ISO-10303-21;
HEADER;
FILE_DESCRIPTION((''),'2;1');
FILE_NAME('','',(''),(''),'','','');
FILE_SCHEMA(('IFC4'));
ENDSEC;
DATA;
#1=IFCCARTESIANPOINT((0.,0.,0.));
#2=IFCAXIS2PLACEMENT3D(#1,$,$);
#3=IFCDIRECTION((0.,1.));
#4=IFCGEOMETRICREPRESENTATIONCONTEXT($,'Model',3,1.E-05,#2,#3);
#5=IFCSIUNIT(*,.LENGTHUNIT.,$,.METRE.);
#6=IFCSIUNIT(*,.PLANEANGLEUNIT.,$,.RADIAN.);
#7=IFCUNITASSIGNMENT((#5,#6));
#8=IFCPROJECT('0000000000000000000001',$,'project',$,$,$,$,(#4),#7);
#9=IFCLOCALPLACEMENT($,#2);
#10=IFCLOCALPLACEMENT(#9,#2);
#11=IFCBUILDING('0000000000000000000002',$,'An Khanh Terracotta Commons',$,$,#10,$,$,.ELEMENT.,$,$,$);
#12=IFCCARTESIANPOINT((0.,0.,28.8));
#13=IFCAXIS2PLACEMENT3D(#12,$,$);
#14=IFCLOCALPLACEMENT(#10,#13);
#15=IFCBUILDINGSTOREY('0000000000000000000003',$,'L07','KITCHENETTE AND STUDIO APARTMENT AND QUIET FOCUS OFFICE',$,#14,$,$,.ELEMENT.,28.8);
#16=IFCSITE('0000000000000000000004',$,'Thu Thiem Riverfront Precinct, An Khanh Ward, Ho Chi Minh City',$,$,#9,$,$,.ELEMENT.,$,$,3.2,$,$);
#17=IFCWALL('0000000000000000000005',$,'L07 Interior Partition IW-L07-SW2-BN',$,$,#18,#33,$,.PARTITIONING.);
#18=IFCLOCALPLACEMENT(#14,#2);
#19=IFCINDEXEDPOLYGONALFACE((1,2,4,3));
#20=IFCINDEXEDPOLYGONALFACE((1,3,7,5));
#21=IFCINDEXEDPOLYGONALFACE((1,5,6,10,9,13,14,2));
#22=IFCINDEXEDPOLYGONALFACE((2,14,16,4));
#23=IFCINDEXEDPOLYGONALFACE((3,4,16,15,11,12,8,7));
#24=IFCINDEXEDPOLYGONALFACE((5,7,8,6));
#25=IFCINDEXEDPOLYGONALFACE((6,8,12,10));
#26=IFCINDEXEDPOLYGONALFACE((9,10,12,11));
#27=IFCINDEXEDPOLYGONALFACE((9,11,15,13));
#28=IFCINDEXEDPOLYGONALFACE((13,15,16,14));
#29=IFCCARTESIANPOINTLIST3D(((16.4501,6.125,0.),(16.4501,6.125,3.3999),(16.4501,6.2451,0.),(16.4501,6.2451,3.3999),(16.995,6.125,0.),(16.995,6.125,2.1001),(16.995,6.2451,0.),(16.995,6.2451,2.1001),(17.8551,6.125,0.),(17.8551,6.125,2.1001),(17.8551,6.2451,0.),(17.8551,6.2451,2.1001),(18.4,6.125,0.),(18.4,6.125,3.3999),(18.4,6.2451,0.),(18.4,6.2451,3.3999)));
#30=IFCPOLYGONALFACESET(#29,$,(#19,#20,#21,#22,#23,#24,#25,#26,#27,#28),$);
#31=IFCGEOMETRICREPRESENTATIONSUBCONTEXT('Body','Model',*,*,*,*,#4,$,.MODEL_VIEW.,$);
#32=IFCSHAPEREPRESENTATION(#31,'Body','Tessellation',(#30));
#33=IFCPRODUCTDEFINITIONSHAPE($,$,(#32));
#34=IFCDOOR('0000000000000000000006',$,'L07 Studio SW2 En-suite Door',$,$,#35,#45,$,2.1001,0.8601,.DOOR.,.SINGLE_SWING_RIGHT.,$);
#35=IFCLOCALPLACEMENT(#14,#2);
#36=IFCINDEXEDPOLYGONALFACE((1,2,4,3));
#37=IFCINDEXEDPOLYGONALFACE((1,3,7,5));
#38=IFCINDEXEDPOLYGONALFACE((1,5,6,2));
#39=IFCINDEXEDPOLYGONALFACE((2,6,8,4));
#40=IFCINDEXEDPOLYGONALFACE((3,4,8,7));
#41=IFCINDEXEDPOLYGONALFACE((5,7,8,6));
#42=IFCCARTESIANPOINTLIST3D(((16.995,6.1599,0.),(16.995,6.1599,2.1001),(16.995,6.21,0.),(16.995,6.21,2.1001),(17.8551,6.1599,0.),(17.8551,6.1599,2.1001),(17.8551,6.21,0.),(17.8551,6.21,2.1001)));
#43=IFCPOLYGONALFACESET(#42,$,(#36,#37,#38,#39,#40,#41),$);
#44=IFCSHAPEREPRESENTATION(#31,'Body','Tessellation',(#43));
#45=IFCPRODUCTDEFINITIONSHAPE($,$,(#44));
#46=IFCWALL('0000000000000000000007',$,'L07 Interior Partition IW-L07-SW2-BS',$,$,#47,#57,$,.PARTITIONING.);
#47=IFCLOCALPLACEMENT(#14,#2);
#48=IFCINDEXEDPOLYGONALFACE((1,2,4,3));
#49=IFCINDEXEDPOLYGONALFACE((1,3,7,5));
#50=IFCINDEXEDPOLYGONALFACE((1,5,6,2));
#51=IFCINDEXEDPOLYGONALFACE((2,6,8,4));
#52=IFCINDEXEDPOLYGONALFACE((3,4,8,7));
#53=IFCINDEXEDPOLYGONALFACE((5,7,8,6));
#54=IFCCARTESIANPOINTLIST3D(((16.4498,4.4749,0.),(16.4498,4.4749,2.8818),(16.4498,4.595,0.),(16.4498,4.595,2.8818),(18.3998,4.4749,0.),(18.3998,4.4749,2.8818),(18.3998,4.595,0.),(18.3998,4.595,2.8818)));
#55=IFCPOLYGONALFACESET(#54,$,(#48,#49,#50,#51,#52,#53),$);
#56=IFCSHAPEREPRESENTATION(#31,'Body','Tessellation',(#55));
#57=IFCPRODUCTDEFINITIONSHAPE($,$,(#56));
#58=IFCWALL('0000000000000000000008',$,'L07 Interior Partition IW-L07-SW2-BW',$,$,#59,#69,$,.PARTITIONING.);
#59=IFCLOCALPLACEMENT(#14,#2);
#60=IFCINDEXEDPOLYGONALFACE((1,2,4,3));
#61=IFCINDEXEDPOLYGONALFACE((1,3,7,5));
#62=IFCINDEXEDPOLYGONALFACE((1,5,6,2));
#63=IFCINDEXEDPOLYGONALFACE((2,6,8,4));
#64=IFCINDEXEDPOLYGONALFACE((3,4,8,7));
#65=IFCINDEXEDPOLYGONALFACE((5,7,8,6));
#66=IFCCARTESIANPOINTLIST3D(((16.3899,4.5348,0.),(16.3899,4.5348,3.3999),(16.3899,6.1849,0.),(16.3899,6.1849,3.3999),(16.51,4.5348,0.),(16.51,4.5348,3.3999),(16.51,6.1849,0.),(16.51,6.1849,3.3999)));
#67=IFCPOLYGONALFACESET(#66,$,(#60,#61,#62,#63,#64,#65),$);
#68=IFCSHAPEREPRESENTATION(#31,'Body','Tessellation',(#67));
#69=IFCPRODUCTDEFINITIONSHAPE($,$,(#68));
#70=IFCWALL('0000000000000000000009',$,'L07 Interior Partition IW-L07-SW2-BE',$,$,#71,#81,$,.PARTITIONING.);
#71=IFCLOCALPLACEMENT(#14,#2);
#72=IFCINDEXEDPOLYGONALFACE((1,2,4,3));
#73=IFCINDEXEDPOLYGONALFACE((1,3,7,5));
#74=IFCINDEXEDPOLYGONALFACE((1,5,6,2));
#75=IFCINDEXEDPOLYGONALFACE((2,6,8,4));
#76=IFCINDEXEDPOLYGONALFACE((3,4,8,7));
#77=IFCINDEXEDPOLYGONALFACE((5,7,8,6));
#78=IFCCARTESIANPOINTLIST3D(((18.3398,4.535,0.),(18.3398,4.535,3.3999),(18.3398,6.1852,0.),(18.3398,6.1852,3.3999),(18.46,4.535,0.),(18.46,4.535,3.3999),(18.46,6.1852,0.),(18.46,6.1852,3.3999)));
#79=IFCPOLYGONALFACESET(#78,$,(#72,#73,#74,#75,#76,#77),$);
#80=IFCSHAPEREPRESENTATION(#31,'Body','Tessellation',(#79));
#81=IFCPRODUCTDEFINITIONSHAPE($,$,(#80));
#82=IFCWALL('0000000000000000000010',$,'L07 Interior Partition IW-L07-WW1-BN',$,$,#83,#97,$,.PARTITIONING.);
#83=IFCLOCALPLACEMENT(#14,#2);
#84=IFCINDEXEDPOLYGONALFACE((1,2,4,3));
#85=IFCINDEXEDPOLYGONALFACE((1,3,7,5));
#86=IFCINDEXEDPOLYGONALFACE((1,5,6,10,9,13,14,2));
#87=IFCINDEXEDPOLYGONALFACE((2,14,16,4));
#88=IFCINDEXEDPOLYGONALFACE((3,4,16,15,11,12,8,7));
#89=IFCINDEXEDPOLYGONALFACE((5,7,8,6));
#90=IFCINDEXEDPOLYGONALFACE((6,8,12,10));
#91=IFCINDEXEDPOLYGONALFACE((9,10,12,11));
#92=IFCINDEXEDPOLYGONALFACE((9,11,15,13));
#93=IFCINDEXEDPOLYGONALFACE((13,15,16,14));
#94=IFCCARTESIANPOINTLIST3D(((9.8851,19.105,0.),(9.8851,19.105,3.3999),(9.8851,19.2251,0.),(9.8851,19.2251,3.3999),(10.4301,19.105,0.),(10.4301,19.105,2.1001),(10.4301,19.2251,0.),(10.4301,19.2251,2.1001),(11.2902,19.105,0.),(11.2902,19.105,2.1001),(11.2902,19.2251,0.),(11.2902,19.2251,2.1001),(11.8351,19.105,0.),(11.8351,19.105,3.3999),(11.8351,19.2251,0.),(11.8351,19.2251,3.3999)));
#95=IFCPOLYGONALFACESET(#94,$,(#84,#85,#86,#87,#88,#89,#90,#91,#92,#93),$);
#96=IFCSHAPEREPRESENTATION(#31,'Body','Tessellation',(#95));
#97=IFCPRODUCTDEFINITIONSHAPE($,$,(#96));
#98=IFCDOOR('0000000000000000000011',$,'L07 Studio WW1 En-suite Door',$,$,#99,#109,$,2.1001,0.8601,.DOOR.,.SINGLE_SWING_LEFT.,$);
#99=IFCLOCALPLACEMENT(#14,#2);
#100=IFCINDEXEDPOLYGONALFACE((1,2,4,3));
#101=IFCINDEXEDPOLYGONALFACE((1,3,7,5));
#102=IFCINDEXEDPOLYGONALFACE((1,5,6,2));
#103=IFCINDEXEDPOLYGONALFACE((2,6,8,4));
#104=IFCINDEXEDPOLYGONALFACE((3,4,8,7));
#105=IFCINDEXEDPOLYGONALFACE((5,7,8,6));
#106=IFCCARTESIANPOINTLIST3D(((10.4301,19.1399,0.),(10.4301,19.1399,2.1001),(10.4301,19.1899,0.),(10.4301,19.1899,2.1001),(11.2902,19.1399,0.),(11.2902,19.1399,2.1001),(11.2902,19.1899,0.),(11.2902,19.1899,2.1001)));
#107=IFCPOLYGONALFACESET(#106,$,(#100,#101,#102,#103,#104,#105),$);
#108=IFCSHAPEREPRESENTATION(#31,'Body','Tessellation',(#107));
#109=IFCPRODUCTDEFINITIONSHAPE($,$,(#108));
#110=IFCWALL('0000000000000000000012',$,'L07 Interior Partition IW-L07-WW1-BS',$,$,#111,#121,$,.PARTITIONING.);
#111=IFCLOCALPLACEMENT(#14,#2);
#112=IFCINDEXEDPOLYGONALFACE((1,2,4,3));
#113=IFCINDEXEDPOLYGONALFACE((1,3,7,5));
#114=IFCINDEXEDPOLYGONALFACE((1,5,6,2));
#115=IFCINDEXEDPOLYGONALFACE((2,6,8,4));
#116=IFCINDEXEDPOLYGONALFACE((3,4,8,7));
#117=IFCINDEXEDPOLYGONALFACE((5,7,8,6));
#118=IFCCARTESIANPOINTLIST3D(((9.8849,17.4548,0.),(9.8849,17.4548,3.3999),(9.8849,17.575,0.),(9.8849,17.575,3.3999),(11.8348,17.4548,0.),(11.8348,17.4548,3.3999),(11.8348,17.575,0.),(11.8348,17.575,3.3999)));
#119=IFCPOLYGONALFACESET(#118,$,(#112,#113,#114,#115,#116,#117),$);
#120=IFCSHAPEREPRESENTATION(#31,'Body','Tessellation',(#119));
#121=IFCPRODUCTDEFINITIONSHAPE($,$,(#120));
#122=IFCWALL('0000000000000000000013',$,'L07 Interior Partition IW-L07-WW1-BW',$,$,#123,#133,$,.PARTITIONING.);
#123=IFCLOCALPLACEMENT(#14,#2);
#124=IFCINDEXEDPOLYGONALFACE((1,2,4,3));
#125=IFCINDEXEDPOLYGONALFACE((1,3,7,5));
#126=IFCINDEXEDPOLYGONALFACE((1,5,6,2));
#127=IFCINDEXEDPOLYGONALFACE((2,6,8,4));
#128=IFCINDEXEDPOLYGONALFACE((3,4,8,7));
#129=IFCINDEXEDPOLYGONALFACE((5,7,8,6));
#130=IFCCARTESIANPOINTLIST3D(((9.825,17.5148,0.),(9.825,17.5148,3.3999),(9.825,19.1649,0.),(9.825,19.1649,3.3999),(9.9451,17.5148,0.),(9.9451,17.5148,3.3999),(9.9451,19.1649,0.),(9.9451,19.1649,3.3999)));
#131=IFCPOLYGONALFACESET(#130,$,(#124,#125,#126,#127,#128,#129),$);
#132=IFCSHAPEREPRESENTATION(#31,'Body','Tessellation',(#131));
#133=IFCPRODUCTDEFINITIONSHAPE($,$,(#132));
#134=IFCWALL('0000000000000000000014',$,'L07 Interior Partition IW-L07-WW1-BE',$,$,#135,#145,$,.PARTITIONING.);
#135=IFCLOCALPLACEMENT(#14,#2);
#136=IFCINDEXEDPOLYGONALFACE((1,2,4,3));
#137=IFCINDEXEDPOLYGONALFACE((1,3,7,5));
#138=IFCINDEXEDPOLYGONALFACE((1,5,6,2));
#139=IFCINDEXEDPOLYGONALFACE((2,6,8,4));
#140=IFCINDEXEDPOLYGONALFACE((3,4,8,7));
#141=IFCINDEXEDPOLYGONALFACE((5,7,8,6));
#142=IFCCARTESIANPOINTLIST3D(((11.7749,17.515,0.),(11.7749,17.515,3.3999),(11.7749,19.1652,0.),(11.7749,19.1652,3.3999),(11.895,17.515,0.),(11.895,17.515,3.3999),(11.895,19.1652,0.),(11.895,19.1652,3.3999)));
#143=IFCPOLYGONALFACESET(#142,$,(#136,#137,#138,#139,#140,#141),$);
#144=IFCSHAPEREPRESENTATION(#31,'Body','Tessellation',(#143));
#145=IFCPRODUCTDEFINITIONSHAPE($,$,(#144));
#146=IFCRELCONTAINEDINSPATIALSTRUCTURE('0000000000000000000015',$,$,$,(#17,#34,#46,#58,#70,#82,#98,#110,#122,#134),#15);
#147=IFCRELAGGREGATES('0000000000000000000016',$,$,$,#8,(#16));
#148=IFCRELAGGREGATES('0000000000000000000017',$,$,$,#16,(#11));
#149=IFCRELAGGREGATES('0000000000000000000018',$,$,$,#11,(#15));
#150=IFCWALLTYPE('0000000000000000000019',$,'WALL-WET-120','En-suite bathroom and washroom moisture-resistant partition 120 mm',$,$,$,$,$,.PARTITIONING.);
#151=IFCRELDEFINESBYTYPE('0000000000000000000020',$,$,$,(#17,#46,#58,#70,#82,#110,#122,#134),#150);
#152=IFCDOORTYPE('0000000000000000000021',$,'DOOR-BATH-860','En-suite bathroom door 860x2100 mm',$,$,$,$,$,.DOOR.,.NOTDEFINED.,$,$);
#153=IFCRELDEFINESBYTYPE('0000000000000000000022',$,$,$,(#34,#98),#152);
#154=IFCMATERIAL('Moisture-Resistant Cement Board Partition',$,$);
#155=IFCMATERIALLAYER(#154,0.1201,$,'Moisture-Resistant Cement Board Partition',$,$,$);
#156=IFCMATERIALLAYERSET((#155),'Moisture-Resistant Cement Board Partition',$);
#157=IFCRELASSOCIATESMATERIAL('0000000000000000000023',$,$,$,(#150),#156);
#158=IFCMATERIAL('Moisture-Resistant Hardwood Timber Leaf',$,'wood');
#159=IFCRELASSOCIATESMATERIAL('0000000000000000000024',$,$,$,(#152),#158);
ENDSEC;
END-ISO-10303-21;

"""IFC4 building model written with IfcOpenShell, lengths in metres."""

from ifc_helpers import new_model, si_unit, direction, frame, frame_2d, origin, place, context, subcontext, project, spatial, rectangle, extrude, material, layer, layer_set, type_object, element, fill, save


model = new_model("IFC4")

# Units and contexts
model_context = context("Model", 3, precision=1e-05, world=origin(), true_north=direction((0.0, 1.0)))
body_context = subcontext(model_context, "Body", "Model", "MODEL_VIEW")
ifc_project = project(units=[si_unit("LENGTHUNIT", "METRE"), si_unit("PLANEANGLEUNIT", "RADIAN")], contexts=[model_context])

# Site, building, storey
site_placement = place(None, origin())
site = spatial("IfcSite", under=ifc_project, at=site_placement, Name="Thu Thiem Riverfront Precinct, An Khanh Ward, Ho Chi Minh City", CompositionType="ELEMENT", RefElevation=3.2)
building_placement = place(site_placement, origin())
building = spatial("IfcBuilding", under=site, at=building_placement, Name="An Khanh Terracotta Commons", CompositionType="ELEMENT")
storey_placement = place(building_placement, frame((0.0, 0.0, 28.8)))
storey = spatial("IfcBuildingStorey", under=building, at=storey_placement, Name="L07", Description="KITCHENETTE AND STUDIO APARTMENT AND QUIET FOCUS OFFICE", CompositionType="ELEMENT", Elevation=28.8)

# Shared definitions
ifc_material_1 = material(Name="Moisture-Resistant Cement Board Partition")
ifc_layer_1 = layer(ifc_material_1, 0.1201, Name="Moisture-Resistant Cement Board Partition")
ifc_layer_set_1 = layer_set([ifc_layer_1], Name="Moisture-Resistant Cement Board Partition")
wall_type_1 = type_object("IfcWallType", Name="WALL-WET-120", Description="En-suite bathroom and washroom moisture-resistant partition 120 mm", PredefinedType="PARTITIONING", material=ifc_layer_set_1)

# Wall, opening, door
wall_1_placement = place(storey_placement, frame((16.45, 6.1851, 0.0), z_axis=(0.0, 0.0, 1.0), x_axis=(1.0, 0.0, 0.0)))
wall_1 = element("IfcWall", 1, at=wall_1_placement, inside=storey, type_object=wall_type_1, Name="L07 Interior Partition IW-L07-SW2-BN", PredefinedType="PARTITIONING", context=body_context, shape_type="SweptSolid", body=[
    extrude(rectangle(XDim=1.95, YDim=0.1201, at=frame_2d((0.9751, 0.0))), origin(), (0.0, 0.0, 1.0), 3.3999),
])
opening_1_placement = place(wall_1_placement, frame((0.5449, 0.0, 0.0)))
opening_1 = element("IfcOpeningElement", 2, at=opening_1_placement, cuts=wall_1, PredefinedType="OPENING", context=body_context, shape_type="SweptSolid", body=[
    extrude(rectangle(XDim=0.8601, YDim=2.1001, at=frame_2d((0.4302, 1.05))), frame((0.0, 0.0701, 0.0), z_axis=(0.0, -1.0, 0.0), x_axis=(1.0, 0.0, 0.0)), (0.0, 0.0, 1.0), 0.1401),
])
ifc_material_2 = material(Name="Moisture-Resistant Hardwood Timber Leaf", Category="wood")
door_type_1 = type_object("IfcDoorType", Name="DOOR-BATH-860", Description="En-suite bathroom door 860x2100 mm", OperationType="NOTDEFINED", PredefinedType="DOOR", material=ifc_material_2)
door_1_placement = place(opening_1_placement, origin())
door_1 = element("IfcDoor", 3, at=door_1_placement, inside=storey, type_object=door_type_1, Name="L07 Studio SW2 En-suite Door", OperationType="SINGLE_SWING_RIGHT", OverallHeight=2.1001, OverallWidth=0.8601, PredefinedType="DOOR", context=body_context, shape_type="SweptSolid", body=[
    extrude(rectangle(XDim=0.8601, YDim=2.1001, at=frame_2d((0.4302, 1.05))), frame((0.0, 0.0249, 0.0), z_axis=(0.0, -1.0, 0.0), x_axis=(1.0, 0.0, 0.0)), (0.0, 0.0, 1.0), 0.05),
])
fill(opening_1, door_1)

# Walls
wall_2_placement = place(storey_placement, frame((18.3999, 4.5349, 0.0), z_axis=(0.0, 0.0, 1.0), x_axis=(-1.0, 0.0, 0.0)))
element("IfcWall", 4, at=wall_2_placement, inside=storey, type_object=wall_type_1, Name="L07 Interior Partition IW-L07-SW2-BS", PredefinedType="PARTITIONING", context=body_context, shape_type="SweptSolid", body=[
    extrude(rectangle(XDim=1.95, YDim=0.1201, at=frame_2d((0.9751, 0.0))), origin(), (0.0, 0.0, 1.0), 2.8818),
])
for number, where, z_axis, x_axis, name in (
    (5, (16.45, 6.1851, 0.0), (0.0, 0.0, 1.0), (0.0, -1.0, 0.0), "L07 Interior Partition IW-L07-SW2-BW"),
    (6, (18.3999, 4.5349, 0.0), (0.0, 0.0, 1.0), (0.0, 1.0, 0.0), "L07 Interior Partition IW-L07-SW2-BE"),
):
    element("IfcWall", number, at=place(storey_placement, frame(where, z_axis=z_axis, x_axis=x_axis)), inside=storey, type_object=wall_type_1, Name=name, PredefinedType="PARTITIONING", context=body_context, shape_type="SweptSolid", body=[
        extrude(rectangle(XDim=1.6501, YDim=0.1201, at=frame_2d((0.8252, 0.0))), origin(), (0.0, 0.0, 1.0), 3.3999),
    ])

# Wall, opening, door
wall_3_placement = place(storey_placement, frame((9.885, 19.165, 0.0), z_axis=(0.0, 0.0, 1.0), x_axis=(1.0, 0.0, 0.0)))
wall_3 = element("IfcWall", 7, at=wall_3_placement, inside=storey, type_object=wall_type_1, Name="L07 Interior Partition IW-L07-WW1-BN", PredefinedType="PARTITIONING", context=body_context, shape_type="SweptSolid", body=[
    extrude(rectangle(XDim=1.95, YDim=0.1201, at=frame_2d((0.9751, 0.0))), origin(), (0.0, 0.0, 1.0), 3.3999),
])
opening_2_placement = place(wall_3_placement, frame((0.5449, 0.0, 0.0)))
opening_2 = element("IfcOpeningElement", 8, at=opening_2_placement, cuts=wall_3, PredefinedType="OPENING", context=body_context, shape_type="SweptSolid", body=[
    extrude(rectangle(XDim=0.8601, YDim=2.1001, at=frame_2d((0.4302, 1.05))), frame((0.0, 0.0701, 0.0), z_axis=(0.0, -1.0, 0.0), x_axis=(1.0, 0.0, 0.0)), (0.0, 0.0, 1.0), 0.1401),
])
door_2_placement = place(opening_2_placement, origin())
door_2 = element("IfcDoor", 9, at=door_2_placement, inside=storey, type_object=door_type_1, Name="L07 Studio WW1 En-suite Door", OperationType="SINGLE_SWING_LEFT", OverallHeight=2.1001, OverallWidth=0.8601, PredefinedType="DOOR", context=body_context, shape_type="SweptSolid", body=[
    extrude(rectangle(XDim=0.8601, YDim=2.1001, at=frame_2d((0.4302, 1.05))), frame((0.0, 0.0249, 0.0), z_axis=(0.0, -1.0, 0.0), x_axis=(1.0, 0.0, 0.0)), (0.0, 0.0, 1.0), 0.05),
])
fill(opening_2, door_2)

# Walls
wall_4_placement = place(storey_placement, frame((11.835, 17.5149, 0.0), z_axis=(0.0, 0.0, 1.0), x_axis=(-1.0, 0.0, 0.0)))
element("IfcWall", 10, at=wall_4_placement, inside=storey, type_object=wall_type_1, Name="L07 Interior Partition IW-L07-WW1-BS", PredefinedType="PARTITIONING", context=body_context, shape_type="SweptSolid", body=[
    extrude(rectangle(XDim=1.95, YDim=0.1201, at=frame_2d((0.9751, 0.0))), origin(), (0.0, 0.0, 1.0), 3.3999),
])
for number, where, z_axis, x_axis, name in (
    (11, (9.885, 19.165, 0.0), (0.0, 0.0, 1.0), (0.0, -1.0, 0.0), "L07 Interior Partition IW-L07-WW1-BW"),
    (12, (11.835, 17.5149, 0.0), (0.0, 0.0, 1.0), (0.0, 1.0, 0.0), "L07 Interior Partition IW-L07-WW1-BE"),
):
    element("IfcWall", number, at=place(storey_placement, frame(where, z_axis=z_axis, x_axis=x_axis)), inside=storey, type_object=wall_type_1, Name=name, PredefinedType="PARTITIONING", context=body_context, shape_type="SweptSolid", body=[
        extrude(rectangle(XDim=1.6501, YDim=0.1201, at=frame_2d((0.8252, 0.0))), origin(), (0.0, 0.0, 1.0), 3.3999),
    ])

save(model, "model.ifc")
